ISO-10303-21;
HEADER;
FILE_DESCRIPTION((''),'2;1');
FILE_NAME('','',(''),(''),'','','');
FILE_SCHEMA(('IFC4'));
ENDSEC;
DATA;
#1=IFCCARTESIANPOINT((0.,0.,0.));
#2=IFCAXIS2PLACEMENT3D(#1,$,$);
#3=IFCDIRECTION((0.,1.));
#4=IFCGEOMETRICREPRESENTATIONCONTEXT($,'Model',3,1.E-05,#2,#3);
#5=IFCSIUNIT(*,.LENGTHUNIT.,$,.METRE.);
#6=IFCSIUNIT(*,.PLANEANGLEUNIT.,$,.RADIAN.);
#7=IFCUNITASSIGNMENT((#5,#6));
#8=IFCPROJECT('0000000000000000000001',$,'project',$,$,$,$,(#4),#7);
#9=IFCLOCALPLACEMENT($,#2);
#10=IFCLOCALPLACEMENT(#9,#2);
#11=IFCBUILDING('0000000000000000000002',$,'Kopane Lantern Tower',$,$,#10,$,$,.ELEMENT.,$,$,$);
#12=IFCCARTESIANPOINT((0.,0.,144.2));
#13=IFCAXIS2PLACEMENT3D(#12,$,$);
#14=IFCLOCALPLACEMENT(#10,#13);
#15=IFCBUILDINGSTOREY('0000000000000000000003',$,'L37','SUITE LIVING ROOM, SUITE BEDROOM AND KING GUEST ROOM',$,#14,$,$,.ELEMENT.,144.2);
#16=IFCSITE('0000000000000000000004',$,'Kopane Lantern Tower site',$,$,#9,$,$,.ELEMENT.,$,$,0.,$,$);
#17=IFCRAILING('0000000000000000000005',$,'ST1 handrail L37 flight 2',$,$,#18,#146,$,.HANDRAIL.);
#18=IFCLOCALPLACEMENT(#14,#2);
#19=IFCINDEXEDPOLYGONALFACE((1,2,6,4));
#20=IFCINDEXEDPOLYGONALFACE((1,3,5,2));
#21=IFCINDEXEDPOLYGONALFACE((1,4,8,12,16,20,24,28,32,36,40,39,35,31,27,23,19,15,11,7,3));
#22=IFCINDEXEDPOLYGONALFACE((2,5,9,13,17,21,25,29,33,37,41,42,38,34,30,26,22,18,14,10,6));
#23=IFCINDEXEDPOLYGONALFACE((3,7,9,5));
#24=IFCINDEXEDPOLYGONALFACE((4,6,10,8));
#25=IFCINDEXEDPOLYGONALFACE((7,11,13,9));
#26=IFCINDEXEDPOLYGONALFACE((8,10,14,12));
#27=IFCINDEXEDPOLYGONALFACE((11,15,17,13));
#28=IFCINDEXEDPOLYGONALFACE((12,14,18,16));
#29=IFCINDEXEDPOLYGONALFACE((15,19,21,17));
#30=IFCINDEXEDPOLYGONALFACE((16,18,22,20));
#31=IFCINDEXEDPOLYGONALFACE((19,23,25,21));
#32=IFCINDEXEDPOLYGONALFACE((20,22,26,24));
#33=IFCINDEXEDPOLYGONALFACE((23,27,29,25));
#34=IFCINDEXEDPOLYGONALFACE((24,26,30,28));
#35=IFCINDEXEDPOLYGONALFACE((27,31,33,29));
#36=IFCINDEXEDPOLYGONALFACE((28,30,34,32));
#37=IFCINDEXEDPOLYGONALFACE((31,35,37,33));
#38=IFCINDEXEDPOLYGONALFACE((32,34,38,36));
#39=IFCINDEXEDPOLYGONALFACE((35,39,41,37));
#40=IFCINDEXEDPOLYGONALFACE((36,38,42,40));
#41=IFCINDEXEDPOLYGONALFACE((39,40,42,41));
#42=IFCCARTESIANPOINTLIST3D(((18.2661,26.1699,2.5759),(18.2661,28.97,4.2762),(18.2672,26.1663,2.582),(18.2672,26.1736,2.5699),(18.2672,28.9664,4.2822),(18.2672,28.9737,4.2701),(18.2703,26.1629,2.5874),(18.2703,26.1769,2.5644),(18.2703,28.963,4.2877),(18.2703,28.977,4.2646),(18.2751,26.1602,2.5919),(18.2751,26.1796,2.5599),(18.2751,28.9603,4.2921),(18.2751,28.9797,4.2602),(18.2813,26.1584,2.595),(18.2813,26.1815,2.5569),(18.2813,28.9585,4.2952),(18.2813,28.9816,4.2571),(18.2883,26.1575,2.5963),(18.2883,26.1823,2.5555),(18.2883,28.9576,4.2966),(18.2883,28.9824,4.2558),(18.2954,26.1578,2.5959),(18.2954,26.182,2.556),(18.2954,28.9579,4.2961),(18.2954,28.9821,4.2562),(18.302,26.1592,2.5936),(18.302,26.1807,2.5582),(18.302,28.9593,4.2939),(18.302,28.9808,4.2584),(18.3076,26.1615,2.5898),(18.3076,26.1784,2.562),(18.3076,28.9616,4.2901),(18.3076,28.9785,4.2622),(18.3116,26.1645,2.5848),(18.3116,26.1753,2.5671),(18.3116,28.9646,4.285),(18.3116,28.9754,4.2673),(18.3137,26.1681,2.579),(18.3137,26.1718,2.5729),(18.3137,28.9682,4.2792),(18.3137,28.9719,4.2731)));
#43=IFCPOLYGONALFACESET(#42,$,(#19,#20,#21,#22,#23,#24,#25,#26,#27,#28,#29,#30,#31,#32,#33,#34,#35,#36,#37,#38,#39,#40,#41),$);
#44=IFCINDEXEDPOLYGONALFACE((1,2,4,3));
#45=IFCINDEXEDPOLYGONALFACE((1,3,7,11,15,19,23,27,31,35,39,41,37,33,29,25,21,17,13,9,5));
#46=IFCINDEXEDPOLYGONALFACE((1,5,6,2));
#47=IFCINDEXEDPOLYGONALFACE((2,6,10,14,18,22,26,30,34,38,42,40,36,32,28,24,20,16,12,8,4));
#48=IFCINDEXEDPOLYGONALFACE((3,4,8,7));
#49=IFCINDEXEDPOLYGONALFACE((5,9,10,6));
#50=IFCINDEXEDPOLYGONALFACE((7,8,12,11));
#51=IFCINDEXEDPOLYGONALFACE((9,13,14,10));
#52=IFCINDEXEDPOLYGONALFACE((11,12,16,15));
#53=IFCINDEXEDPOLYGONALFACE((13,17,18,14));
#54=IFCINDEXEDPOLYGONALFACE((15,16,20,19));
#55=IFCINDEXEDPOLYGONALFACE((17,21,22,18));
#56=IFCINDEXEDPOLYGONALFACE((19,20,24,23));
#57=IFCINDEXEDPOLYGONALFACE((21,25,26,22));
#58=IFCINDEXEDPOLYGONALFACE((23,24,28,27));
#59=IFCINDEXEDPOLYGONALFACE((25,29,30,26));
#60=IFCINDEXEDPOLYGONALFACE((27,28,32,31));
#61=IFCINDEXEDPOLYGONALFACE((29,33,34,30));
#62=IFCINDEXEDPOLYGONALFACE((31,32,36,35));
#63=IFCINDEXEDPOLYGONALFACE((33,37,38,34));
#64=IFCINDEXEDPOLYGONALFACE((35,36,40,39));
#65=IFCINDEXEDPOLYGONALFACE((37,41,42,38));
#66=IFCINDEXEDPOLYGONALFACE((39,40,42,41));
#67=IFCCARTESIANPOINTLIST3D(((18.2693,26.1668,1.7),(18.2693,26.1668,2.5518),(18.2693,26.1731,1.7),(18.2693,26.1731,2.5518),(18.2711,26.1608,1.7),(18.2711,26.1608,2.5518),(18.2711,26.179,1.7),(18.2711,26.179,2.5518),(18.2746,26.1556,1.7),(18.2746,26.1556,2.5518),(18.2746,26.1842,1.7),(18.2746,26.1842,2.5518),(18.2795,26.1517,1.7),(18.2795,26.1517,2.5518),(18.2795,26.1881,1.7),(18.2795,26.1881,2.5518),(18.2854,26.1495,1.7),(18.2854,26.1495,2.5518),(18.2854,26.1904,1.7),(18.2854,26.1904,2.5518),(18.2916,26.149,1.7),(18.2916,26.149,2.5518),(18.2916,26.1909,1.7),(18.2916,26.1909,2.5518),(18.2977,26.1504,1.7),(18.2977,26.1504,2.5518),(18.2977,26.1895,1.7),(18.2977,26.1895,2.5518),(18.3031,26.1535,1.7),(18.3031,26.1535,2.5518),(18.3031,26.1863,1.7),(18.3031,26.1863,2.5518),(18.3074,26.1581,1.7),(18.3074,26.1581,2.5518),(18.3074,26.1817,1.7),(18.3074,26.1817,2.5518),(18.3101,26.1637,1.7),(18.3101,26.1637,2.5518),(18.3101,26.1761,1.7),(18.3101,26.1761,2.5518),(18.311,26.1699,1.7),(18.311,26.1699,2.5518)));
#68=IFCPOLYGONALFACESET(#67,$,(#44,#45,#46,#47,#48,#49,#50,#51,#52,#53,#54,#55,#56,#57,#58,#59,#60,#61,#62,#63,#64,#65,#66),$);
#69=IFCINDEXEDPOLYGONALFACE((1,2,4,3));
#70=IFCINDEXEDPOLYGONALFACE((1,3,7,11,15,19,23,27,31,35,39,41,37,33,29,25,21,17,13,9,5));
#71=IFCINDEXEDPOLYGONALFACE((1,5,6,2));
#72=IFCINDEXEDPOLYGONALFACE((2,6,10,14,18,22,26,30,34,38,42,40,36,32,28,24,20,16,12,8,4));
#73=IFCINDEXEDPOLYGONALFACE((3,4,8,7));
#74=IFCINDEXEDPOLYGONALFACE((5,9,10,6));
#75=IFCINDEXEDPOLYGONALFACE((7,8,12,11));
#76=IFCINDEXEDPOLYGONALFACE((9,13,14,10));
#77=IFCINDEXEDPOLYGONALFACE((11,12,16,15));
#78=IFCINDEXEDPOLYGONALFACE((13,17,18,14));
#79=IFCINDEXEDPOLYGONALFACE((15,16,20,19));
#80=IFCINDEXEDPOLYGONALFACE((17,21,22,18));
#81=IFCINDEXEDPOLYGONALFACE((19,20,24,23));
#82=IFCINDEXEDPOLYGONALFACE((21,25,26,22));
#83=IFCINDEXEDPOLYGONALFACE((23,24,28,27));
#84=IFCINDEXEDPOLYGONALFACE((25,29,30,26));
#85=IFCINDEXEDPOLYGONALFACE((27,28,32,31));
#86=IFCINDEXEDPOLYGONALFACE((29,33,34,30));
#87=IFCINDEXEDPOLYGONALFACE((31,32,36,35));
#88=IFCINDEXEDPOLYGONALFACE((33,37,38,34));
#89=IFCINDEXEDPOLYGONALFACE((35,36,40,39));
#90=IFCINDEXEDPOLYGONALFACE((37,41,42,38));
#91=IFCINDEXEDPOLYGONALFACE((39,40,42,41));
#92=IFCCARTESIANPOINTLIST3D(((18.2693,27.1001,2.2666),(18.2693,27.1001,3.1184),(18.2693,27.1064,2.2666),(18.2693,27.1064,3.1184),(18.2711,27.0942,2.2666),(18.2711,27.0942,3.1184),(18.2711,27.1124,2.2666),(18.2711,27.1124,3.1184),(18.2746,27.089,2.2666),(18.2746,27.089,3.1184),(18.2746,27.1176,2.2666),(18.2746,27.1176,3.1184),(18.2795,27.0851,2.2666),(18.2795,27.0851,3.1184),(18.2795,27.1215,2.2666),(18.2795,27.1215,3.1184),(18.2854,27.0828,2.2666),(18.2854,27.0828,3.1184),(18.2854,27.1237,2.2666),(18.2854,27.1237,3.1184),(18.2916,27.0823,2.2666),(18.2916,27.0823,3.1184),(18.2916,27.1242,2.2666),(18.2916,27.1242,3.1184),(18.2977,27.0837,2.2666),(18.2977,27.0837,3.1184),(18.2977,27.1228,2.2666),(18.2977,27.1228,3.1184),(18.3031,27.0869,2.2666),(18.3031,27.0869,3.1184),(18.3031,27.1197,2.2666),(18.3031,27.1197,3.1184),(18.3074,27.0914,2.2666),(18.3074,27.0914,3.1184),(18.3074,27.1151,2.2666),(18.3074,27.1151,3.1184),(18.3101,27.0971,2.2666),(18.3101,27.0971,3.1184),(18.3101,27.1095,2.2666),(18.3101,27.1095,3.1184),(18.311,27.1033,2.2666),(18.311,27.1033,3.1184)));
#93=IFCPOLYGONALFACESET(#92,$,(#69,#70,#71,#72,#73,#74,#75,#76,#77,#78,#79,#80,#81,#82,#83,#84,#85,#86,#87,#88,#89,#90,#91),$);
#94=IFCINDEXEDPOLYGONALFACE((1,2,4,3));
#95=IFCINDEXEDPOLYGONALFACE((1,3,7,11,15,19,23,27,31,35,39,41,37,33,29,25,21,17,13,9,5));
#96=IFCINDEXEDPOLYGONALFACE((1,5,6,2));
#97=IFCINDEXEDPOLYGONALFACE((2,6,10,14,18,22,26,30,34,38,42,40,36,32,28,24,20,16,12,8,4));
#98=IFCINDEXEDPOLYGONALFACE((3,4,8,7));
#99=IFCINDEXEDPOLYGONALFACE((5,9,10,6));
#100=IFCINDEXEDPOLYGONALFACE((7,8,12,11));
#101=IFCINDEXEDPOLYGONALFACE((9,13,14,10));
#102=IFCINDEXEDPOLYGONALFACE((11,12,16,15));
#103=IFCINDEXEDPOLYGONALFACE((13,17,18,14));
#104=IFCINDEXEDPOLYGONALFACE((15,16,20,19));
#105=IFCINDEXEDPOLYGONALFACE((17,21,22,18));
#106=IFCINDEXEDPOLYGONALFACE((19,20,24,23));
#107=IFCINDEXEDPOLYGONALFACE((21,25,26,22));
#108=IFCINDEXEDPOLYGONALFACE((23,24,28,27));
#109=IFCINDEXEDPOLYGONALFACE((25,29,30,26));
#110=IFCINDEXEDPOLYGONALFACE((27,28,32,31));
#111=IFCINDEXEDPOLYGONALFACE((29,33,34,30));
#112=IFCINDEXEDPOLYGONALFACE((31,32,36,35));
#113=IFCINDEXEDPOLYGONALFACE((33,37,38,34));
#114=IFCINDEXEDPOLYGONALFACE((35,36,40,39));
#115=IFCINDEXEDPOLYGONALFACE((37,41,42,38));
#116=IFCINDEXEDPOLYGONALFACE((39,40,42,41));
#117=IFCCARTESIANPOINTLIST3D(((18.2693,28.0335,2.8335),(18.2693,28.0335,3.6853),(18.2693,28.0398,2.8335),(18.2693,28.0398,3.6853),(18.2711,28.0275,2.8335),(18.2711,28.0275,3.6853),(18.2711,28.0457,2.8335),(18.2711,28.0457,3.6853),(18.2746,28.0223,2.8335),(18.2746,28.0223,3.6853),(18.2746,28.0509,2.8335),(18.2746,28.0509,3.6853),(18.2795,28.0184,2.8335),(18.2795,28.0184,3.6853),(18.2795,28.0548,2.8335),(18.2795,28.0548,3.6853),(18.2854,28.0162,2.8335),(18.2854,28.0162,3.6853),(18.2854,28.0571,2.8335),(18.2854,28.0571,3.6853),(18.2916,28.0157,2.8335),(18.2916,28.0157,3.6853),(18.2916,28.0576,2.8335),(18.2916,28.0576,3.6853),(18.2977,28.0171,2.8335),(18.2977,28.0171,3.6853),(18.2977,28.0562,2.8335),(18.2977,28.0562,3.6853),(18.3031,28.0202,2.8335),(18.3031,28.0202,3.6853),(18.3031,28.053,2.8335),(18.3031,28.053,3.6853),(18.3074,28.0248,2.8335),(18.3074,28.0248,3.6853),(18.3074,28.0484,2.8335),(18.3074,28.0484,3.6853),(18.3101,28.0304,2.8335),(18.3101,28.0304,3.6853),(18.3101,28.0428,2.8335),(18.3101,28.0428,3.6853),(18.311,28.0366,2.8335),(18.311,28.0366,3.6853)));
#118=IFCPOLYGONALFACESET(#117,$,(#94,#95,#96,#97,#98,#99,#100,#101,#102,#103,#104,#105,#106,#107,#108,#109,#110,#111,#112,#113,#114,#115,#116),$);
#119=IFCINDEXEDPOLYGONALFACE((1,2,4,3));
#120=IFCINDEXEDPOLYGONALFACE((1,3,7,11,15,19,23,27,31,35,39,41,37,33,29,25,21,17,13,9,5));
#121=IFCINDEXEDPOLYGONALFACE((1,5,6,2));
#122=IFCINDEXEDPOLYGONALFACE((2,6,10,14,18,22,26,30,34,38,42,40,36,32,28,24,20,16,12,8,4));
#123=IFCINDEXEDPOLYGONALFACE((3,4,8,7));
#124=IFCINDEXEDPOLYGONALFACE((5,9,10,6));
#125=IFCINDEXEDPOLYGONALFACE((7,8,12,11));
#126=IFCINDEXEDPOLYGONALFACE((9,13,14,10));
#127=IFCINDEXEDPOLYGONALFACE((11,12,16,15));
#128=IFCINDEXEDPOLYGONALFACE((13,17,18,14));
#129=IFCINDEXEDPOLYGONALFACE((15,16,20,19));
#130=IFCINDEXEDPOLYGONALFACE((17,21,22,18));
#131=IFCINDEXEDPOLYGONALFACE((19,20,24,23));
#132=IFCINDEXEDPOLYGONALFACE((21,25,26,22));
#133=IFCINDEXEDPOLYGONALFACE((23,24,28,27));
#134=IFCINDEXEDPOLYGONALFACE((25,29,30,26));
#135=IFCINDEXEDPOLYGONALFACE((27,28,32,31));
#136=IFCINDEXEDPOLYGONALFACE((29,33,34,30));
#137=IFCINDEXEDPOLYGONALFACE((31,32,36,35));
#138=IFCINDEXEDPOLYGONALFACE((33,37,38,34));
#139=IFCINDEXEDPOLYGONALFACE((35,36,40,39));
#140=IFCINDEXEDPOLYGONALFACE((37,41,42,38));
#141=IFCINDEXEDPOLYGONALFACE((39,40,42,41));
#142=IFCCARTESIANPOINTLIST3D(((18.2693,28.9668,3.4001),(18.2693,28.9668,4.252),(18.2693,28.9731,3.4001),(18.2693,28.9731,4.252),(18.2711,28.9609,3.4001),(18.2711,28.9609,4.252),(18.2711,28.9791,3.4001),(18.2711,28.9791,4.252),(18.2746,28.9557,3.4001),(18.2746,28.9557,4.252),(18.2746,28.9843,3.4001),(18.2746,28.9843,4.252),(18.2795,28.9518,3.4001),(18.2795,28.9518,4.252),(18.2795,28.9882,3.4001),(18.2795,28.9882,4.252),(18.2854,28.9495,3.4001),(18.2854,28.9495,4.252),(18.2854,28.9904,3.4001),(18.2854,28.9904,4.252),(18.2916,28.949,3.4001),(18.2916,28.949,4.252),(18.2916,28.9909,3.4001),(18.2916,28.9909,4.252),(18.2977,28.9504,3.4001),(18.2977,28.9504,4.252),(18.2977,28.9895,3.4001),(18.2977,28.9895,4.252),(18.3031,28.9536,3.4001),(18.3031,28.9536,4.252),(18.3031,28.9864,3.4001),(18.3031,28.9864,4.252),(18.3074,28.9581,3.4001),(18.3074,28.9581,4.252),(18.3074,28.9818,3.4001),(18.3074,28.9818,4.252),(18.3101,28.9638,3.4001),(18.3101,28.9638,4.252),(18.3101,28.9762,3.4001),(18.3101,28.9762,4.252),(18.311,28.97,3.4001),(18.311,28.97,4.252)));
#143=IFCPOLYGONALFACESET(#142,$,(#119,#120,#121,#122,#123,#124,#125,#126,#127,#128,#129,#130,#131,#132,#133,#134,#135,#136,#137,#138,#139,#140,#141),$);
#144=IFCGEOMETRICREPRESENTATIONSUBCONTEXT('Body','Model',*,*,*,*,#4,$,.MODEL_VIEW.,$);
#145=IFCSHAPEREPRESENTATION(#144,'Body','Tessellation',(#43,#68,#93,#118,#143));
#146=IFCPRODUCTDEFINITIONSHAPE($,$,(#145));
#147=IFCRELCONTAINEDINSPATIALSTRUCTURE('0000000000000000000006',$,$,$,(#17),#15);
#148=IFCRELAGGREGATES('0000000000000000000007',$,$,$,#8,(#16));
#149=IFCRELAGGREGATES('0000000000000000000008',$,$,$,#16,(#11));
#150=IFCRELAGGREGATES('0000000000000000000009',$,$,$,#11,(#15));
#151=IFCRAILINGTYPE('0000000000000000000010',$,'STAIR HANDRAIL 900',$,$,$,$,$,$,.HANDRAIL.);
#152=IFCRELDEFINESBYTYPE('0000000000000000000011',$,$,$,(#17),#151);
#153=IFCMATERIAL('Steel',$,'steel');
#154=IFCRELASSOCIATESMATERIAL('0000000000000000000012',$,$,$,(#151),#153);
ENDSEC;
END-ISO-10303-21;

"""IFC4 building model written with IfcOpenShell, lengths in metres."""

from ifc_helpers import new_model, si_unit, direction, frame, origin, origin_2d, place, context, subcontext, project, spatial, circle, extrude, material, type_object, element, save


model = new_model("IFC4")

# Units and contexts
model_context = context("Model", 3, precision=1e-05, world=origin(), true_north=direction((0.0, 1.0)))
body_context = subcontext(model_context, "Body", "Model", "MODEL_VIEW")
ifc_project = project(units=[si_unit("LENGTHUNIT", "METRE"), si_unit("PLANEANGLEUNIT", "RADIAN")], contexts=[model_context])

# Site, building, storey
site_placement = place(None, origin())
site = spatial("IfcSite", under=ifc_project, at=site_placement, Name="Kopane Lantern Tower site", CompositionType="ELEMENT", RefElevation=0.0)
building_placement = place(site_placement, origin())
building = spatial("IfcBuilding", under=site, at=building_placement, Name="Kopane Lantern Tower", CompositionType="ELEMENT")
storey_placement = place(building_placement, frame((0.0, 0.0, 144.2)))
storey = spatial("IfcBuildingStorey", under=building, at=storey_placement, Name="L37", Description="SUITE LIVING ROOM, SUITE BEDROOM AND KING GUEST ROOM", CompositionType="ELEMENT", Elevation=144.2)

# Railing
ifc_material_1 = material(Name="Steel", Category="steel")
railing_type = type_object("IfcRailingType", Name="STAIR HANDRAIL 900", PredefinedType="HANDRAIL", material=ifc_material_1)
for number, where, name in (
    (1, (18.29, 26.1699, 1.7), "ST1 handrail L37 flight 2"),
):
    element("IfcRailing", number, at=place(storey_placement, frame(where)), inside=storey, type_object=railing_type, Name=name, PredefinedType="HANDRAIL", context=body_context, shape_type="SweptSolid", body=[
        extrude(circle(Radius=0.0239, at=origin_2d()), frame((0.0, 0.0, 0.876), z_axis=(0.0, 0.854765, 0.519015), x_axis=(-1.0, 0.0, 0.0)), (0.0, 0.0, 1.0), 3.2759),
        extrude(circle(Radius=0.021, at=origin_2d()), origin(), (0.0, 0.0, 1.0), 0.8518),
        extrude(circle(Radius=0.021, at=origin_2d()), frame((0.0, 0.9333, 0.5667)), (0.0, 0.0, 1.0), 0.8518),
        extrude(circle(Radius=0.021, at=origin_2d()), frame((0.0, 1.8667, 1.1335)), (0.0, 0.0, 1.0), 0.8518),
        extrude(circle(Radius=0.021, at=origin_2d()), frame((0.0, 2.8, 1.7002)), (0.0, 0.0, 1.0), 0.8518),
    ])

save(model, "model.ifc")
